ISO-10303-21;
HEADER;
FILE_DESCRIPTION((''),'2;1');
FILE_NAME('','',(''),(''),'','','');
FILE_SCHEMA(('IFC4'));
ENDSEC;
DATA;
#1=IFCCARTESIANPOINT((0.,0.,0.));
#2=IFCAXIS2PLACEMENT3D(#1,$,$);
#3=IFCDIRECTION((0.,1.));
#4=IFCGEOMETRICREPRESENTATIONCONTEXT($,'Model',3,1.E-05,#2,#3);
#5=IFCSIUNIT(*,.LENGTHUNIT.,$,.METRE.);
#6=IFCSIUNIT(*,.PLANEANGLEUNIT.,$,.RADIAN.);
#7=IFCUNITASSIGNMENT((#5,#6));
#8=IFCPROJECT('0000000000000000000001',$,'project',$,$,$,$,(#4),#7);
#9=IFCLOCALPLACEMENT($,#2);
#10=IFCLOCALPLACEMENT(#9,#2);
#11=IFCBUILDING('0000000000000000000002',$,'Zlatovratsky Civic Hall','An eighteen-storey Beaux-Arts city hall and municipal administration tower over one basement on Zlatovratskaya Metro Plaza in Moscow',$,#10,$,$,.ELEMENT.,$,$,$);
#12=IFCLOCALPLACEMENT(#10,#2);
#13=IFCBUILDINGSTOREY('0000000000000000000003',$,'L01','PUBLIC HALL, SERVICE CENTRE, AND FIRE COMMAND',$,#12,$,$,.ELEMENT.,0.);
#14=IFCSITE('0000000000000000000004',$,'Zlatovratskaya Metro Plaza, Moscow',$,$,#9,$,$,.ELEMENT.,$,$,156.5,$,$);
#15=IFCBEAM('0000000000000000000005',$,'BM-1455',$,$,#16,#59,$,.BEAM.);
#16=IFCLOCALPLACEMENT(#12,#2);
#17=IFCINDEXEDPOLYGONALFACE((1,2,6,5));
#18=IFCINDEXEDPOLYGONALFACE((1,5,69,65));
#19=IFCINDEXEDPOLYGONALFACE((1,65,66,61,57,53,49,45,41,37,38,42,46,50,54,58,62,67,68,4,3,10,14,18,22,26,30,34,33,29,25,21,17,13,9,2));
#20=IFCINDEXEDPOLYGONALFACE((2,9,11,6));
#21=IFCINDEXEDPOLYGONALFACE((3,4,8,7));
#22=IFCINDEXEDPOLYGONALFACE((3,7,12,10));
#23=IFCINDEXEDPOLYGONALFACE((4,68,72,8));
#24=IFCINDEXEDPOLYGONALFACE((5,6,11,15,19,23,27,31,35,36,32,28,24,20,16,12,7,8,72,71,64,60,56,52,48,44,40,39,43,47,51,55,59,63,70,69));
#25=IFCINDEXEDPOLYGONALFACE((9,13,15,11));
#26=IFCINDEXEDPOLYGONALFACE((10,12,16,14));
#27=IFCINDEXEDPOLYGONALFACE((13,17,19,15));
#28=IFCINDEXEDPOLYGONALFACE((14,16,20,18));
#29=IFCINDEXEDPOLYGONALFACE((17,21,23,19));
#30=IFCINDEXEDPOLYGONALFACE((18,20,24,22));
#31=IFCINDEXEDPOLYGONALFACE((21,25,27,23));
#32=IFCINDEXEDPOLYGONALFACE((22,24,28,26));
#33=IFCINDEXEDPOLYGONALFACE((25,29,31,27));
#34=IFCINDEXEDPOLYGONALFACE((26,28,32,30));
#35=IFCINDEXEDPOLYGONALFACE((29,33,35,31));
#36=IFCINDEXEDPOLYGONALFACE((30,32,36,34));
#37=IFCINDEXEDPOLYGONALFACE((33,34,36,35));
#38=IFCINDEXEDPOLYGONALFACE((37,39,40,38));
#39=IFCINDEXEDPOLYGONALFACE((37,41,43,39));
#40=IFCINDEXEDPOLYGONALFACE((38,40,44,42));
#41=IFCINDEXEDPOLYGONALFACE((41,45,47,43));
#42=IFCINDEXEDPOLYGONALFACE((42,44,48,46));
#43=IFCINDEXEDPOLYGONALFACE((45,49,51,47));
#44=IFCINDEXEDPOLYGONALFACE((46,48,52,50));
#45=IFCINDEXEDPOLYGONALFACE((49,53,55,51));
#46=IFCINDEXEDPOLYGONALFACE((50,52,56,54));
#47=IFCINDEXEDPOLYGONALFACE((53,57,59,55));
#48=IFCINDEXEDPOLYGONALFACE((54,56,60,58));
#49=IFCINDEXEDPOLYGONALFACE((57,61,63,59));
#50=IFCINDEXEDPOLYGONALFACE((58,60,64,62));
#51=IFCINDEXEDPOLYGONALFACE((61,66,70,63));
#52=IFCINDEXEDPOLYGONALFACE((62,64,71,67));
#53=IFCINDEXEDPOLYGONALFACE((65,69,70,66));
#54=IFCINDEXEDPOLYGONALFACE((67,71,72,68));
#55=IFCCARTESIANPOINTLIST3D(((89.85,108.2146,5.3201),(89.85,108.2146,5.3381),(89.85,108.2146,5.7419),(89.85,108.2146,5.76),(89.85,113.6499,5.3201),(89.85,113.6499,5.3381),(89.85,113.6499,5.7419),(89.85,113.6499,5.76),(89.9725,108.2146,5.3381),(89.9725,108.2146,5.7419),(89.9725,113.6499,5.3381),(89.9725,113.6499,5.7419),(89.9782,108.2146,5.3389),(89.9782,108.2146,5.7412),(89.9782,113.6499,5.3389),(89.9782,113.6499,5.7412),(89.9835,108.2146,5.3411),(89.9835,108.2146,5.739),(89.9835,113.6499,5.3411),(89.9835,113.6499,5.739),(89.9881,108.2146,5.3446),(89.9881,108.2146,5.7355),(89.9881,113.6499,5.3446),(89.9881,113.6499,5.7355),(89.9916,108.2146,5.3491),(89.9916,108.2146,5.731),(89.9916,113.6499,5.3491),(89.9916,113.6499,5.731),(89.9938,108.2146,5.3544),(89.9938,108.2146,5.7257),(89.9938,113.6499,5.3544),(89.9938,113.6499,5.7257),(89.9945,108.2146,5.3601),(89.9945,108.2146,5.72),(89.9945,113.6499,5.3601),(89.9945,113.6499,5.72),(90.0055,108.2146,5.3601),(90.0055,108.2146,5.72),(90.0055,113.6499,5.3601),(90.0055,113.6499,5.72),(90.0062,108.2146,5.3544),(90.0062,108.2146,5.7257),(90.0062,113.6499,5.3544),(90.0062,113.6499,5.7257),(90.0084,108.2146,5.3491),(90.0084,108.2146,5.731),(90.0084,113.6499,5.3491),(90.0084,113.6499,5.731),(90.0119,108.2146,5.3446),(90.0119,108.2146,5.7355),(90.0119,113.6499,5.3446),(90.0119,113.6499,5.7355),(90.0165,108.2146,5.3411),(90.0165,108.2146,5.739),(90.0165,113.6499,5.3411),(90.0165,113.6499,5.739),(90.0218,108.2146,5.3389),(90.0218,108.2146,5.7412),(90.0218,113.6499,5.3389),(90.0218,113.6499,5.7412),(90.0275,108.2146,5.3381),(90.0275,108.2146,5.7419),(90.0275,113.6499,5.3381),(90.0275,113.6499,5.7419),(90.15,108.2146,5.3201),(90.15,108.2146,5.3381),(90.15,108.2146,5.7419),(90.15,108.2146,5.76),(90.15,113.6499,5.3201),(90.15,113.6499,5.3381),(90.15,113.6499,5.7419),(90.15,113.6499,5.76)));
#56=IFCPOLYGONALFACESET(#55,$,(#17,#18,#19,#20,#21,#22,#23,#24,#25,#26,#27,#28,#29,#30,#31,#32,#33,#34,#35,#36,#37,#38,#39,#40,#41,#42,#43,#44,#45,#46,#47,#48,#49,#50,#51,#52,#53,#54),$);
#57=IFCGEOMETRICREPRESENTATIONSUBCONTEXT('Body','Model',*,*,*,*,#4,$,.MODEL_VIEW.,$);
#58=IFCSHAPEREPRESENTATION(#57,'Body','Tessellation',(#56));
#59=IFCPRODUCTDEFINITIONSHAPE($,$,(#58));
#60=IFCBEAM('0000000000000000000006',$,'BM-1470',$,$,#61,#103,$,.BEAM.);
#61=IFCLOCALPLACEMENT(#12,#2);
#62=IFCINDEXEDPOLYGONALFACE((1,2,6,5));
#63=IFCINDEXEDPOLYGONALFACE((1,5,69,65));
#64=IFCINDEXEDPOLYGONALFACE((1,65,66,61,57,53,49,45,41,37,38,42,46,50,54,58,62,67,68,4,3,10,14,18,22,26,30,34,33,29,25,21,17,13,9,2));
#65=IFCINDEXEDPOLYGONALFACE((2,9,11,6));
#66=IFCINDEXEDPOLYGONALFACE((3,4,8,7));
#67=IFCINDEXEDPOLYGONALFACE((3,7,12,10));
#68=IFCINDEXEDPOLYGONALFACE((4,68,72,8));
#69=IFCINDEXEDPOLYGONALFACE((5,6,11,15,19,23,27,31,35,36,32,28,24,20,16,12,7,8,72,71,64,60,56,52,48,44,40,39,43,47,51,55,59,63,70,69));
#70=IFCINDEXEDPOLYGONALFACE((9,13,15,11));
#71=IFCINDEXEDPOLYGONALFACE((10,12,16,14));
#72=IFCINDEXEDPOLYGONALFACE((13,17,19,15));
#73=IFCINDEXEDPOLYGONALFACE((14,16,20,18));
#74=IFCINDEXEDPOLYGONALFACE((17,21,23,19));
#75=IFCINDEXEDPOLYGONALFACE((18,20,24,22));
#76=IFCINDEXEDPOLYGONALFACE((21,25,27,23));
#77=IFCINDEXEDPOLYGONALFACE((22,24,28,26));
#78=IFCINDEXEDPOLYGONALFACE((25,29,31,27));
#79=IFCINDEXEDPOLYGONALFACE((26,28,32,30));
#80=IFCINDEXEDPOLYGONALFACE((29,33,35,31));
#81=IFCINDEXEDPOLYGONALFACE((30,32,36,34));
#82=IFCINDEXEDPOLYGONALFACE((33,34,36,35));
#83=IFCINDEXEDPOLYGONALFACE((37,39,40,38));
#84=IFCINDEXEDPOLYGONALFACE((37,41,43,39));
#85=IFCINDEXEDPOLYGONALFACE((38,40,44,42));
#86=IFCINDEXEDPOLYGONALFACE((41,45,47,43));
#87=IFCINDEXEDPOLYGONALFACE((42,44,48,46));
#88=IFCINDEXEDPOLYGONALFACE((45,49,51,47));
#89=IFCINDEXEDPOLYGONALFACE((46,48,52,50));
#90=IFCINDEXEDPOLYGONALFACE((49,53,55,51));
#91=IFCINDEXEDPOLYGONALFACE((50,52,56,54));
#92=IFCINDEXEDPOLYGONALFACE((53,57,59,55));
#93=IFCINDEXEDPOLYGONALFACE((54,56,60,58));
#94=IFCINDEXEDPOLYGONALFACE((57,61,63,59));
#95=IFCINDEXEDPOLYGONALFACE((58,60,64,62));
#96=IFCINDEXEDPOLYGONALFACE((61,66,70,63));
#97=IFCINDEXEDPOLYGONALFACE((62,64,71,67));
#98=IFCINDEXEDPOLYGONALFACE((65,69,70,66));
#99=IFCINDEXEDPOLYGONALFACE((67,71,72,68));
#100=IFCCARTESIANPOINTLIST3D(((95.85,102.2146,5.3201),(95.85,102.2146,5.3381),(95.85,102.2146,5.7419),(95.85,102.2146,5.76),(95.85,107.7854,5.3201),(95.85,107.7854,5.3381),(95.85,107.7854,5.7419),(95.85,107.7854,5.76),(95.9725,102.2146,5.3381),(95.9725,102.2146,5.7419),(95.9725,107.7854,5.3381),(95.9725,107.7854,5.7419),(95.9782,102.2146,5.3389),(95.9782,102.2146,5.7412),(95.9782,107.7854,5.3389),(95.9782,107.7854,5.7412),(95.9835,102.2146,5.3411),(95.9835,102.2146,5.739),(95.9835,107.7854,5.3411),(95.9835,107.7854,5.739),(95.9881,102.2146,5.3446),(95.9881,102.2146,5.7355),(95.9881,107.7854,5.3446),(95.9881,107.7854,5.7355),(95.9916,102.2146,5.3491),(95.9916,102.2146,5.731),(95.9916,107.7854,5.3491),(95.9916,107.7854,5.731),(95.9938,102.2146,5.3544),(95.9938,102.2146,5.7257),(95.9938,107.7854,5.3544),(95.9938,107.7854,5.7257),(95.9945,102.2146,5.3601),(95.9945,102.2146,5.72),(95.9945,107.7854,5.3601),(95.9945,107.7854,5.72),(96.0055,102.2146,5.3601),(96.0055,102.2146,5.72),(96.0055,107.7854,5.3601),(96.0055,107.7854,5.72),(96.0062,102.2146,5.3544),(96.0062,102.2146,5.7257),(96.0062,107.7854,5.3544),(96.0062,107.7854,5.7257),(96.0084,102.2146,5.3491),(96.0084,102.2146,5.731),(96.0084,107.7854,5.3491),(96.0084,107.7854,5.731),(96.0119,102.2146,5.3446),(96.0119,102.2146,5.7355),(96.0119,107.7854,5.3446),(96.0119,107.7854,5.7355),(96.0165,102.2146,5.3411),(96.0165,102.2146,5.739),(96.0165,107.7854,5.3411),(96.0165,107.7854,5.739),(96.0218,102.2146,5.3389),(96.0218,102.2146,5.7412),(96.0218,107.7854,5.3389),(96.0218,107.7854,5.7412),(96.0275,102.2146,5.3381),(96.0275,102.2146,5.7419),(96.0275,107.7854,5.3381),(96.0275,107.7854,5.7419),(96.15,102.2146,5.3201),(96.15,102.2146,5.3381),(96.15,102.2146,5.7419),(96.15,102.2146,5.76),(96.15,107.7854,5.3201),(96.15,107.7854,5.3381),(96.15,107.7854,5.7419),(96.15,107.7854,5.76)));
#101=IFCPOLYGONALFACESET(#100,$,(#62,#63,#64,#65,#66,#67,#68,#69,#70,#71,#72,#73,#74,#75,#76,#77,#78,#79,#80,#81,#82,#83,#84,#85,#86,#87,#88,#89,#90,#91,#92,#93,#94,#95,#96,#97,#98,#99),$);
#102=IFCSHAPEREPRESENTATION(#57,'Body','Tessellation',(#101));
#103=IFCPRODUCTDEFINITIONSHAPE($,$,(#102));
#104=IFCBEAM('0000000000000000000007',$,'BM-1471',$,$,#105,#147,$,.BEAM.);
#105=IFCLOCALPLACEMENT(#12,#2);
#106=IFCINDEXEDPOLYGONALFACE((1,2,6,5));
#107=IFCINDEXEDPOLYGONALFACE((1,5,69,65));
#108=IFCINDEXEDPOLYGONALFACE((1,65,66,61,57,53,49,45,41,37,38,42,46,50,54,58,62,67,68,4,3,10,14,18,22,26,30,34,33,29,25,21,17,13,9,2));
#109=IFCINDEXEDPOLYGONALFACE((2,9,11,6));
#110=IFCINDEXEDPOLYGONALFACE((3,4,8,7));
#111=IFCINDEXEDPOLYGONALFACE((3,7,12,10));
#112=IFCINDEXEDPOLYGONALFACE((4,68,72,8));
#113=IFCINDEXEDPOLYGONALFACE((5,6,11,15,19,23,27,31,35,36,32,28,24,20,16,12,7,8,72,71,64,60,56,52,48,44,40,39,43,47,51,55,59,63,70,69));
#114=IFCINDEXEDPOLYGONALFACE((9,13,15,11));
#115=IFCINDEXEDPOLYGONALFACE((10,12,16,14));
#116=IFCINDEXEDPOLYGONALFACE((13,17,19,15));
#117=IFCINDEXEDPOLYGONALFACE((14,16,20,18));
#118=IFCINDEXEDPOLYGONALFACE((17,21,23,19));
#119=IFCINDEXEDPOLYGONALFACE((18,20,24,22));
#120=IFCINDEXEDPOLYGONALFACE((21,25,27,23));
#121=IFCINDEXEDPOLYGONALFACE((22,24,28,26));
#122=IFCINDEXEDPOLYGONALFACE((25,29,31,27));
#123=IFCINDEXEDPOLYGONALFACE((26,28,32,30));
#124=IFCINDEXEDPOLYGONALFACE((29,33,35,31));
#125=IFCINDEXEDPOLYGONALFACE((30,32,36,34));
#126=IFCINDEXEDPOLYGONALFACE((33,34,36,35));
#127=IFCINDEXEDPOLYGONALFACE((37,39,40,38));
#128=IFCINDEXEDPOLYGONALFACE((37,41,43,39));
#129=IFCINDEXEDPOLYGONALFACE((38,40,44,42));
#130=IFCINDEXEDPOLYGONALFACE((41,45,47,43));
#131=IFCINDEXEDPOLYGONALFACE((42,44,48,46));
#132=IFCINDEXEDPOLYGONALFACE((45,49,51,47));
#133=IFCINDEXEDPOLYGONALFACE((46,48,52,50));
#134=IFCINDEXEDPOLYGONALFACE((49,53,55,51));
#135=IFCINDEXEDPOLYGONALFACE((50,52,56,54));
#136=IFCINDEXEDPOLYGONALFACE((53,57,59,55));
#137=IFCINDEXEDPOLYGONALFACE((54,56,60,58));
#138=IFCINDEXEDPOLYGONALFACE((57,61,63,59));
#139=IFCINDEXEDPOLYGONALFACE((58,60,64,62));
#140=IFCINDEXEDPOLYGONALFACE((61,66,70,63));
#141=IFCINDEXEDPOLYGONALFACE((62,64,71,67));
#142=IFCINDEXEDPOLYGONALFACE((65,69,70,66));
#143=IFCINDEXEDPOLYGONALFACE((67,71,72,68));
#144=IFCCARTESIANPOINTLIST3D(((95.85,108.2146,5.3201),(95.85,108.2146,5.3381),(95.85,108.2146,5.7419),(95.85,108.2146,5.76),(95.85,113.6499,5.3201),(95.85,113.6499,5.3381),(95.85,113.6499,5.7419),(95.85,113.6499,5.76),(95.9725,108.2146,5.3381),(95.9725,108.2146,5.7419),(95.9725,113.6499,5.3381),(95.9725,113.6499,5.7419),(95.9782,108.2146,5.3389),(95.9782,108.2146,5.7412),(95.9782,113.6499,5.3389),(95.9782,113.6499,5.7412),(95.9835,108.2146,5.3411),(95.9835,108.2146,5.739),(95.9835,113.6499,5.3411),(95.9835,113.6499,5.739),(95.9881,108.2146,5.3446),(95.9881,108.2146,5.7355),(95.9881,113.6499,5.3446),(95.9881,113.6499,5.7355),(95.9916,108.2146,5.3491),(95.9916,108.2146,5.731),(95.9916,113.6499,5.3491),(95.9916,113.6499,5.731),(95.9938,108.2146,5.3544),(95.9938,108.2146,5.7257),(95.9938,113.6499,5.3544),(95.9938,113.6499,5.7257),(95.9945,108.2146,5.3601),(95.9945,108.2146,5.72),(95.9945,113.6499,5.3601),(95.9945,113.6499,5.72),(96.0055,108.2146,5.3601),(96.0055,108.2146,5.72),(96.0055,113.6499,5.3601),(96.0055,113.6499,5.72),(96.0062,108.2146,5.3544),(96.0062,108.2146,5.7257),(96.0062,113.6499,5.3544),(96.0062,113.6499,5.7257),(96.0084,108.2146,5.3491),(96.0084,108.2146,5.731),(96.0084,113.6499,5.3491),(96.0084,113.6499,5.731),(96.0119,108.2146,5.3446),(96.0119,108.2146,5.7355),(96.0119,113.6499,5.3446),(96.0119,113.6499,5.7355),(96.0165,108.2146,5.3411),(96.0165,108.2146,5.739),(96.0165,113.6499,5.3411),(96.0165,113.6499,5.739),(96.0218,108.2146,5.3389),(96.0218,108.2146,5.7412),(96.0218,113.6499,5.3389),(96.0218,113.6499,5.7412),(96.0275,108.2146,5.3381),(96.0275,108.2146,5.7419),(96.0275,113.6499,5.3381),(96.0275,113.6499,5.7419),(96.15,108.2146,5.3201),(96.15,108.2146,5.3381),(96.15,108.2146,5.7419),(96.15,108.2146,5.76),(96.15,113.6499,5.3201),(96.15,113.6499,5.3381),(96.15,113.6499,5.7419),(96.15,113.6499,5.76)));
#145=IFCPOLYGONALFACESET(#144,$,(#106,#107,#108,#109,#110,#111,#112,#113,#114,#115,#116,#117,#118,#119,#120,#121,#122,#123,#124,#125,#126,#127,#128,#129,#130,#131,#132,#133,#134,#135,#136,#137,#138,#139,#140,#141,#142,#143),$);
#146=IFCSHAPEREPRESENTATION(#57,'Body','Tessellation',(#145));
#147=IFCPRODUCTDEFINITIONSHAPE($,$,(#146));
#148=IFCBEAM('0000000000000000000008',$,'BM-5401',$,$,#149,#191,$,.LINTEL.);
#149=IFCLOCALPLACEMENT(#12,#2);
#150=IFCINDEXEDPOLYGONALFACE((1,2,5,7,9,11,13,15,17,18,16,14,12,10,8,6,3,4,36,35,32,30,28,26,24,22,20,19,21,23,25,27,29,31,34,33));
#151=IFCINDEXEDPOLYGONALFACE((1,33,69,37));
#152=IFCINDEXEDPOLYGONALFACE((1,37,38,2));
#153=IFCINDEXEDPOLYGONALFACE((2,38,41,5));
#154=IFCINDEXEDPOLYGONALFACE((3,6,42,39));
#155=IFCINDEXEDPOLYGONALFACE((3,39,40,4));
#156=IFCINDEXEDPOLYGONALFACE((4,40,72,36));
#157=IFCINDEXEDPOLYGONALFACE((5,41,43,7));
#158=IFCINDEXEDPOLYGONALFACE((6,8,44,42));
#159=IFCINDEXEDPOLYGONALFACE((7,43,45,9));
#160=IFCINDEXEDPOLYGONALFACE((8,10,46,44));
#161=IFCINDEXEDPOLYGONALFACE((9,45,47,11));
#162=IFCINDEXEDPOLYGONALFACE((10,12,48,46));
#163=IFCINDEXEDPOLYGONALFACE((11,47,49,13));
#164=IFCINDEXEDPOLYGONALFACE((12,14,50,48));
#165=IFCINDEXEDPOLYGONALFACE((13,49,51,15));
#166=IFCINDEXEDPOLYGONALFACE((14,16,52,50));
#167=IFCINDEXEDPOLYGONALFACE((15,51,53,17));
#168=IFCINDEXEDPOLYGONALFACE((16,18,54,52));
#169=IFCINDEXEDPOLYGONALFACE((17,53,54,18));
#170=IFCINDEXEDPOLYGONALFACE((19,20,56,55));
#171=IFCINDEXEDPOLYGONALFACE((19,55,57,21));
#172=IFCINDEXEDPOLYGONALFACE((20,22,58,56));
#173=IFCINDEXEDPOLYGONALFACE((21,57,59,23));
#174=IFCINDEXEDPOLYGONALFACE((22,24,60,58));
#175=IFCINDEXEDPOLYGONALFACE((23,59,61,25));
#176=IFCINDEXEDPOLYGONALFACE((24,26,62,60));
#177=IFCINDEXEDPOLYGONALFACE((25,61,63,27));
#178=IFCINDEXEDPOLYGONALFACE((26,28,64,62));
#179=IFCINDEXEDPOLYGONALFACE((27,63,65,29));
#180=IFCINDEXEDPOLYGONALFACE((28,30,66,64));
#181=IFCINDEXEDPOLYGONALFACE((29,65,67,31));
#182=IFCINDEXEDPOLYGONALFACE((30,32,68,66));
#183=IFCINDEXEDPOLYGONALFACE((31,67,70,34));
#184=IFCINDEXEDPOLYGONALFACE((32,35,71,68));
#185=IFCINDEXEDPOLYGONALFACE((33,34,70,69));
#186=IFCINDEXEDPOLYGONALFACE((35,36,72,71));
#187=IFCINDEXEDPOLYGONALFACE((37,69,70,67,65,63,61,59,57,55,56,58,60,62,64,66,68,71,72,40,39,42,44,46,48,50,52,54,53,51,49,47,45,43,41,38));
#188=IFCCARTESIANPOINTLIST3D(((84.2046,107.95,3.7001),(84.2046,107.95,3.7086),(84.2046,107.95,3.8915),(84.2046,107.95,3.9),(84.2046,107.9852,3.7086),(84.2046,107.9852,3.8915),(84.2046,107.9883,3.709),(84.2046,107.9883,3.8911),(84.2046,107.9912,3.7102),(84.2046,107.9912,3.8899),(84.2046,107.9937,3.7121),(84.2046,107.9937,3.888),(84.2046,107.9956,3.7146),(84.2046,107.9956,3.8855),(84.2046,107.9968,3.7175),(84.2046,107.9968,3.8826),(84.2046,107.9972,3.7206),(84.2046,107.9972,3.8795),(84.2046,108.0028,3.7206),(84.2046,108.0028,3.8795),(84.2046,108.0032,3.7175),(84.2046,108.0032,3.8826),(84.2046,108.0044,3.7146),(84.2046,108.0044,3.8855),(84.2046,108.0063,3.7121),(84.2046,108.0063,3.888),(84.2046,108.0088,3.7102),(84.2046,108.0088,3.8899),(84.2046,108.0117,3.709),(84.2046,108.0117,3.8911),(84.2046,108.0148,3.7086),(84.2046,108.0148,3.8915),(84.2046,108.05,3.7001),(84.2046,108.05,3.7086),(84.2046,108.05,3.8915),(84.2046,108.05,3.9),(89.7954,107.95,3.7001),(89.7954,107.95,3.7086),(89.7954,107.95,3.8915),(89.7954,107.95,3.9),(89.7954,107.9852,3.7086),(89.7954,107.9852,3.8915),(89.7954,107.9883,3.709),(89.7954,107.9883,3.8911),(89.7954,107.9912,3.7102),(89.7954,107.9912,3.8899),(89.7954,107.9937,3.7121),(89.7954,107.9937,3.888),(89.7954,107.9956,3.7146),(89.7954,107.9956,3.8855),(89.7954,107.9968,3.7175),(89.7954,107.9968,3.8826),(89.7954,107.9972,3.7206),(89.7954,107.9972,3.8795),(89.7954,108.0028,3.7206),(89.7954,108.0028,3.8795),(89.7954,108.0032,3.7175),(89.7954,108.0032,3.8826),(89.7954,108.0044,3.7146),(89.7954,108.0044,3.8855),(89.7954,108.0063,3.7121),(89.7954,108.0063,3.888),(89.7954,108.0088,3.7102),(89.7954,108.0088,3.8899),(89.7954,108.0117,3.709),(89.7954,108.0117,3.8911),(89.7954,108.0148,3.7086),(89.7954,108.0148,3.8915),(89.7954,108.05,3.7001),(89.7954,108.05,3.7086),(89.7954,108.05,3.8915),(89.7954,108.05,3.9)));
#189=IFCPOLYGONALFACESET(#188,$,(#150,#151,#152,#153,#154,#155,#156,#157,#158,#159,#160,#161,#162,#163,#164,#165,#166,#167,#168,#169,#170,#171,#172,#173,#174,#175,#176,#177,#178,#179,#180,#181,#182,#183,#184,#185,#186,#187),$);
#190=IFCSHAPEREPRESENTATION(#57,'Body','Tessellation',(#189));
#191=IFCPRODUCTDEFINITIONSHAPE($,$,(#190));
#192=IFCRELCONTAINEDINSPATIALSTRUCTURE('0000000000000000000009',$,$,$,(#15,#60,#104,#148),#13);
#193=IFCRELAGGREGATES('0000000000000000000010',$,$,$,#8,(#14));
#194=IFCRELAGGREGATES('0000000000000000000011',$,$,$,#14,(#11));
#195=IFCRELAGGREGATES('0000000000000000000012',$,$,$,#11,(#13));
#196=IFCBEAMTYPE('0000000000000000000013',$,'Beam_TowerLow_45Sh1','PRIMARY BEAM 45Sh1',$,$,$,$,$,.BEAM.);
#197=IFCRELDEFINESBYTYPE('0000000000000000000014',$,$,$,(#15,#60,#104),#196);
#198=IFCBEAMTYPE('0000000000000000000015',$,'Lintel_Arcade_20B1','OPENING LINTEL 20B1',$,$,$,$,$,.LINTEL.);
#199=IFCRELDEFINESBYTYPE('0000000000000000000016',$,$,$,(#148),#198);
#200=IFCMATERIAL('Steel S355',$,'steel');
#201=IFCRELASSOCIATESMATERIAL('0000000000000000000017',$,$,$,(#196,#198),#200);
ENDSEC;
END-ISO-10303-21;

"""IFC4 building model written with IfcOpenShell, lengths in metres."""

from ifc_helpers import new_model, si_unit, direction, frame, origin, origin_2d, place, context, subcontext, project, spatial, i_section, extrude, material, material_profile, profile_set, type_object, element, save


model = new_model("IFC4")

# Units and contexts
model_context = context("Model", 3, precision=1e-05, world=origin(), true_north=direction((0.0, 1.0)))
body_context = subcontext(model_context, "Body", "Model", "MODEL_VIEW")
ifc_project = project(units=[si_unit("LENGTHUNIT", "METRE"), si_unit("PLANEANGLEUNIT", "RADIAN")], contexts=[model_context])

# Site, building, storey
site_placement = place(None, origin())
site = spatial("IfcSite", under=ifc_project, at=site_placement, Name="Zlatovratskaya Metro Plaza, Moscow", CompositionType="ELEMENT", RefElevation=156.5)
building_placement = place(site_placement, origin())
building = spatial("IfcBuilding", under=site, at=building_placement, Name="Zlatovratsky Civic Hall", Description="An eighteen-storey Beaux-Arts city hall and municipal administration tower over one basement on Zlatovratskaya Metro Plaza in Moscow", CompositionType="ELEMENT")
storey_placement = place(building_placement, origin())
storey = spatial("IfcBuildingStorey", under=building, at=storey_placement, Name="L01", Description="PUBLIC HALL, SERVICE CENTRE, AND FIRE COMMAND", CompositionType="ELEMENT", Elevation=0.0)

# Shared definitions
ifc_material_1 = material(Name="Steel S355", Category="steel")

# Beams
ifc_material_profile_1 = material_profile(ifc_material_1, i_section(OverallWidth=0.3, OverallDepth=0.4399, WebThickness=0.011, FlangeThickness=0.0181, FilletRadius=0.022, at=origin_2d()), Name="45Sh1")
ifc_profile_set_1 = profile_set([ifc_material_profile_1], Name="Steel S355")
beam_type_1 = type_object("IfcBeamType", Name="Beam_TowerLow_45Sh1", Description="PRIMARY BEAM 45Sh1", PredefinedType="BEAM", material=ifc_profile_set_1)
beam_1_placement = place(storey_placement, frame((90.0, 108.2146, 5.54), z_axis=(0.0, 1.0, 0.0), x_axis=(-1.0, 0.0, 0.0)))
element("IfcBeam", 1, at=beam_1_placement, inside=storey, type_object=beam_type_1, Name="BM-1455", PredefinedType="BEAM", context=body_context, shape_type="SweptSolid", body=[
    extrude(i_section(OverallWidth=0.3, OverallDepth=0.4399, WebThickness=0.011, FlangeThickness=0.0181, FilletRadius=0.022, at=origin_2d()), origin(), (0.0, 0.0, 1.0), 5.4353),
])
beam_2_placement = place(storey_placement, frame((96.0, 102.2146, 5.54), z_axis=(0.0, 1.0, 0.0), x_axis=(-1.0, 0.0, 0.0)))
element("IfcBeam", 2, at=beam_2_placement, inside=storey, type_object=beam_type_1, Name="BM-1470", PredefinedType="BEAM", context=body_context, shape_type="SweptSolid", body=[
    extrude(i_section(OverallWidth=0.3, OverallDepth=0.4399, WebThickness=0.011, FlangeThickness=0.0181, FilletRadius=0.022, at=origin_2d()), origin(), (0.0, 0.0, 1.0), 5.5708),
])
beam_3_placement = place(storey_placement, frame((96.0, 108.2146, 5.54), z_axis=(0.0, 1.0, 0.0), x_axis=(-1.0, 0.0, 0.0)))
element("IfcBeam", 3, at=beam_3_placement, inside=storey, type_object=beam_type_1, Name="BM-1471", PredefinedType="BEAM", context=body_context, shape_type="SweptSolid", body=[
    extrude(i_section(OverallWidth=0.3, OverallDepth=0.4399, WebThickness=0.011, FlangeThickness=0.0181, FilletRadius=0.022, at=origin_2d()), origin(), (0.0, 0.0, 1.0), 5.4353),
])
ifc_material_profile_2 = material_profile(ifc_material_1, i_section(OverallWidth=0.1001, OverallDepth=0.2, WebThickness=0.0056, FlangeThickness=0.0085, FilletRadius=0.012, at=origin_2d()), Name="20B1")
ifc_profile_set_2 = profile_set([ifc_material_profile_2], Name="Steel S355")
beam_type_2 = type_object("IfcBeamType", Name="Lintel_Arcade_20B1", Description="OPENING LINTEL 20B1", PredefinedType="LINTEL", material=ifc_profile_set_2)
beam_4_placement = place(storey_placement, frame((84.2046, 108.0, 3.8), z_axis=(1.0, 0.0, 0.0), x_axis=(0.0, 1.0, 0.0)))
element("IfcBeam", 4, at=beam_4_placement, inside=storey, type_object=beam_type_2, Name="BM-5401", PredefinedType="LINTEL", context=body_context, shape_type="SweptSolid", body=[
    extrude(i_section(OverallWidth=0.1001, OverallDepth=0.2, WebThickness=0.0056, FlangeThickness=0.0085, FilletRadius=0.012, at=origin_2d()), origin(), (0.0, 0.0, 1.0), 5.5908),
])

save(model, "model.ifc")
